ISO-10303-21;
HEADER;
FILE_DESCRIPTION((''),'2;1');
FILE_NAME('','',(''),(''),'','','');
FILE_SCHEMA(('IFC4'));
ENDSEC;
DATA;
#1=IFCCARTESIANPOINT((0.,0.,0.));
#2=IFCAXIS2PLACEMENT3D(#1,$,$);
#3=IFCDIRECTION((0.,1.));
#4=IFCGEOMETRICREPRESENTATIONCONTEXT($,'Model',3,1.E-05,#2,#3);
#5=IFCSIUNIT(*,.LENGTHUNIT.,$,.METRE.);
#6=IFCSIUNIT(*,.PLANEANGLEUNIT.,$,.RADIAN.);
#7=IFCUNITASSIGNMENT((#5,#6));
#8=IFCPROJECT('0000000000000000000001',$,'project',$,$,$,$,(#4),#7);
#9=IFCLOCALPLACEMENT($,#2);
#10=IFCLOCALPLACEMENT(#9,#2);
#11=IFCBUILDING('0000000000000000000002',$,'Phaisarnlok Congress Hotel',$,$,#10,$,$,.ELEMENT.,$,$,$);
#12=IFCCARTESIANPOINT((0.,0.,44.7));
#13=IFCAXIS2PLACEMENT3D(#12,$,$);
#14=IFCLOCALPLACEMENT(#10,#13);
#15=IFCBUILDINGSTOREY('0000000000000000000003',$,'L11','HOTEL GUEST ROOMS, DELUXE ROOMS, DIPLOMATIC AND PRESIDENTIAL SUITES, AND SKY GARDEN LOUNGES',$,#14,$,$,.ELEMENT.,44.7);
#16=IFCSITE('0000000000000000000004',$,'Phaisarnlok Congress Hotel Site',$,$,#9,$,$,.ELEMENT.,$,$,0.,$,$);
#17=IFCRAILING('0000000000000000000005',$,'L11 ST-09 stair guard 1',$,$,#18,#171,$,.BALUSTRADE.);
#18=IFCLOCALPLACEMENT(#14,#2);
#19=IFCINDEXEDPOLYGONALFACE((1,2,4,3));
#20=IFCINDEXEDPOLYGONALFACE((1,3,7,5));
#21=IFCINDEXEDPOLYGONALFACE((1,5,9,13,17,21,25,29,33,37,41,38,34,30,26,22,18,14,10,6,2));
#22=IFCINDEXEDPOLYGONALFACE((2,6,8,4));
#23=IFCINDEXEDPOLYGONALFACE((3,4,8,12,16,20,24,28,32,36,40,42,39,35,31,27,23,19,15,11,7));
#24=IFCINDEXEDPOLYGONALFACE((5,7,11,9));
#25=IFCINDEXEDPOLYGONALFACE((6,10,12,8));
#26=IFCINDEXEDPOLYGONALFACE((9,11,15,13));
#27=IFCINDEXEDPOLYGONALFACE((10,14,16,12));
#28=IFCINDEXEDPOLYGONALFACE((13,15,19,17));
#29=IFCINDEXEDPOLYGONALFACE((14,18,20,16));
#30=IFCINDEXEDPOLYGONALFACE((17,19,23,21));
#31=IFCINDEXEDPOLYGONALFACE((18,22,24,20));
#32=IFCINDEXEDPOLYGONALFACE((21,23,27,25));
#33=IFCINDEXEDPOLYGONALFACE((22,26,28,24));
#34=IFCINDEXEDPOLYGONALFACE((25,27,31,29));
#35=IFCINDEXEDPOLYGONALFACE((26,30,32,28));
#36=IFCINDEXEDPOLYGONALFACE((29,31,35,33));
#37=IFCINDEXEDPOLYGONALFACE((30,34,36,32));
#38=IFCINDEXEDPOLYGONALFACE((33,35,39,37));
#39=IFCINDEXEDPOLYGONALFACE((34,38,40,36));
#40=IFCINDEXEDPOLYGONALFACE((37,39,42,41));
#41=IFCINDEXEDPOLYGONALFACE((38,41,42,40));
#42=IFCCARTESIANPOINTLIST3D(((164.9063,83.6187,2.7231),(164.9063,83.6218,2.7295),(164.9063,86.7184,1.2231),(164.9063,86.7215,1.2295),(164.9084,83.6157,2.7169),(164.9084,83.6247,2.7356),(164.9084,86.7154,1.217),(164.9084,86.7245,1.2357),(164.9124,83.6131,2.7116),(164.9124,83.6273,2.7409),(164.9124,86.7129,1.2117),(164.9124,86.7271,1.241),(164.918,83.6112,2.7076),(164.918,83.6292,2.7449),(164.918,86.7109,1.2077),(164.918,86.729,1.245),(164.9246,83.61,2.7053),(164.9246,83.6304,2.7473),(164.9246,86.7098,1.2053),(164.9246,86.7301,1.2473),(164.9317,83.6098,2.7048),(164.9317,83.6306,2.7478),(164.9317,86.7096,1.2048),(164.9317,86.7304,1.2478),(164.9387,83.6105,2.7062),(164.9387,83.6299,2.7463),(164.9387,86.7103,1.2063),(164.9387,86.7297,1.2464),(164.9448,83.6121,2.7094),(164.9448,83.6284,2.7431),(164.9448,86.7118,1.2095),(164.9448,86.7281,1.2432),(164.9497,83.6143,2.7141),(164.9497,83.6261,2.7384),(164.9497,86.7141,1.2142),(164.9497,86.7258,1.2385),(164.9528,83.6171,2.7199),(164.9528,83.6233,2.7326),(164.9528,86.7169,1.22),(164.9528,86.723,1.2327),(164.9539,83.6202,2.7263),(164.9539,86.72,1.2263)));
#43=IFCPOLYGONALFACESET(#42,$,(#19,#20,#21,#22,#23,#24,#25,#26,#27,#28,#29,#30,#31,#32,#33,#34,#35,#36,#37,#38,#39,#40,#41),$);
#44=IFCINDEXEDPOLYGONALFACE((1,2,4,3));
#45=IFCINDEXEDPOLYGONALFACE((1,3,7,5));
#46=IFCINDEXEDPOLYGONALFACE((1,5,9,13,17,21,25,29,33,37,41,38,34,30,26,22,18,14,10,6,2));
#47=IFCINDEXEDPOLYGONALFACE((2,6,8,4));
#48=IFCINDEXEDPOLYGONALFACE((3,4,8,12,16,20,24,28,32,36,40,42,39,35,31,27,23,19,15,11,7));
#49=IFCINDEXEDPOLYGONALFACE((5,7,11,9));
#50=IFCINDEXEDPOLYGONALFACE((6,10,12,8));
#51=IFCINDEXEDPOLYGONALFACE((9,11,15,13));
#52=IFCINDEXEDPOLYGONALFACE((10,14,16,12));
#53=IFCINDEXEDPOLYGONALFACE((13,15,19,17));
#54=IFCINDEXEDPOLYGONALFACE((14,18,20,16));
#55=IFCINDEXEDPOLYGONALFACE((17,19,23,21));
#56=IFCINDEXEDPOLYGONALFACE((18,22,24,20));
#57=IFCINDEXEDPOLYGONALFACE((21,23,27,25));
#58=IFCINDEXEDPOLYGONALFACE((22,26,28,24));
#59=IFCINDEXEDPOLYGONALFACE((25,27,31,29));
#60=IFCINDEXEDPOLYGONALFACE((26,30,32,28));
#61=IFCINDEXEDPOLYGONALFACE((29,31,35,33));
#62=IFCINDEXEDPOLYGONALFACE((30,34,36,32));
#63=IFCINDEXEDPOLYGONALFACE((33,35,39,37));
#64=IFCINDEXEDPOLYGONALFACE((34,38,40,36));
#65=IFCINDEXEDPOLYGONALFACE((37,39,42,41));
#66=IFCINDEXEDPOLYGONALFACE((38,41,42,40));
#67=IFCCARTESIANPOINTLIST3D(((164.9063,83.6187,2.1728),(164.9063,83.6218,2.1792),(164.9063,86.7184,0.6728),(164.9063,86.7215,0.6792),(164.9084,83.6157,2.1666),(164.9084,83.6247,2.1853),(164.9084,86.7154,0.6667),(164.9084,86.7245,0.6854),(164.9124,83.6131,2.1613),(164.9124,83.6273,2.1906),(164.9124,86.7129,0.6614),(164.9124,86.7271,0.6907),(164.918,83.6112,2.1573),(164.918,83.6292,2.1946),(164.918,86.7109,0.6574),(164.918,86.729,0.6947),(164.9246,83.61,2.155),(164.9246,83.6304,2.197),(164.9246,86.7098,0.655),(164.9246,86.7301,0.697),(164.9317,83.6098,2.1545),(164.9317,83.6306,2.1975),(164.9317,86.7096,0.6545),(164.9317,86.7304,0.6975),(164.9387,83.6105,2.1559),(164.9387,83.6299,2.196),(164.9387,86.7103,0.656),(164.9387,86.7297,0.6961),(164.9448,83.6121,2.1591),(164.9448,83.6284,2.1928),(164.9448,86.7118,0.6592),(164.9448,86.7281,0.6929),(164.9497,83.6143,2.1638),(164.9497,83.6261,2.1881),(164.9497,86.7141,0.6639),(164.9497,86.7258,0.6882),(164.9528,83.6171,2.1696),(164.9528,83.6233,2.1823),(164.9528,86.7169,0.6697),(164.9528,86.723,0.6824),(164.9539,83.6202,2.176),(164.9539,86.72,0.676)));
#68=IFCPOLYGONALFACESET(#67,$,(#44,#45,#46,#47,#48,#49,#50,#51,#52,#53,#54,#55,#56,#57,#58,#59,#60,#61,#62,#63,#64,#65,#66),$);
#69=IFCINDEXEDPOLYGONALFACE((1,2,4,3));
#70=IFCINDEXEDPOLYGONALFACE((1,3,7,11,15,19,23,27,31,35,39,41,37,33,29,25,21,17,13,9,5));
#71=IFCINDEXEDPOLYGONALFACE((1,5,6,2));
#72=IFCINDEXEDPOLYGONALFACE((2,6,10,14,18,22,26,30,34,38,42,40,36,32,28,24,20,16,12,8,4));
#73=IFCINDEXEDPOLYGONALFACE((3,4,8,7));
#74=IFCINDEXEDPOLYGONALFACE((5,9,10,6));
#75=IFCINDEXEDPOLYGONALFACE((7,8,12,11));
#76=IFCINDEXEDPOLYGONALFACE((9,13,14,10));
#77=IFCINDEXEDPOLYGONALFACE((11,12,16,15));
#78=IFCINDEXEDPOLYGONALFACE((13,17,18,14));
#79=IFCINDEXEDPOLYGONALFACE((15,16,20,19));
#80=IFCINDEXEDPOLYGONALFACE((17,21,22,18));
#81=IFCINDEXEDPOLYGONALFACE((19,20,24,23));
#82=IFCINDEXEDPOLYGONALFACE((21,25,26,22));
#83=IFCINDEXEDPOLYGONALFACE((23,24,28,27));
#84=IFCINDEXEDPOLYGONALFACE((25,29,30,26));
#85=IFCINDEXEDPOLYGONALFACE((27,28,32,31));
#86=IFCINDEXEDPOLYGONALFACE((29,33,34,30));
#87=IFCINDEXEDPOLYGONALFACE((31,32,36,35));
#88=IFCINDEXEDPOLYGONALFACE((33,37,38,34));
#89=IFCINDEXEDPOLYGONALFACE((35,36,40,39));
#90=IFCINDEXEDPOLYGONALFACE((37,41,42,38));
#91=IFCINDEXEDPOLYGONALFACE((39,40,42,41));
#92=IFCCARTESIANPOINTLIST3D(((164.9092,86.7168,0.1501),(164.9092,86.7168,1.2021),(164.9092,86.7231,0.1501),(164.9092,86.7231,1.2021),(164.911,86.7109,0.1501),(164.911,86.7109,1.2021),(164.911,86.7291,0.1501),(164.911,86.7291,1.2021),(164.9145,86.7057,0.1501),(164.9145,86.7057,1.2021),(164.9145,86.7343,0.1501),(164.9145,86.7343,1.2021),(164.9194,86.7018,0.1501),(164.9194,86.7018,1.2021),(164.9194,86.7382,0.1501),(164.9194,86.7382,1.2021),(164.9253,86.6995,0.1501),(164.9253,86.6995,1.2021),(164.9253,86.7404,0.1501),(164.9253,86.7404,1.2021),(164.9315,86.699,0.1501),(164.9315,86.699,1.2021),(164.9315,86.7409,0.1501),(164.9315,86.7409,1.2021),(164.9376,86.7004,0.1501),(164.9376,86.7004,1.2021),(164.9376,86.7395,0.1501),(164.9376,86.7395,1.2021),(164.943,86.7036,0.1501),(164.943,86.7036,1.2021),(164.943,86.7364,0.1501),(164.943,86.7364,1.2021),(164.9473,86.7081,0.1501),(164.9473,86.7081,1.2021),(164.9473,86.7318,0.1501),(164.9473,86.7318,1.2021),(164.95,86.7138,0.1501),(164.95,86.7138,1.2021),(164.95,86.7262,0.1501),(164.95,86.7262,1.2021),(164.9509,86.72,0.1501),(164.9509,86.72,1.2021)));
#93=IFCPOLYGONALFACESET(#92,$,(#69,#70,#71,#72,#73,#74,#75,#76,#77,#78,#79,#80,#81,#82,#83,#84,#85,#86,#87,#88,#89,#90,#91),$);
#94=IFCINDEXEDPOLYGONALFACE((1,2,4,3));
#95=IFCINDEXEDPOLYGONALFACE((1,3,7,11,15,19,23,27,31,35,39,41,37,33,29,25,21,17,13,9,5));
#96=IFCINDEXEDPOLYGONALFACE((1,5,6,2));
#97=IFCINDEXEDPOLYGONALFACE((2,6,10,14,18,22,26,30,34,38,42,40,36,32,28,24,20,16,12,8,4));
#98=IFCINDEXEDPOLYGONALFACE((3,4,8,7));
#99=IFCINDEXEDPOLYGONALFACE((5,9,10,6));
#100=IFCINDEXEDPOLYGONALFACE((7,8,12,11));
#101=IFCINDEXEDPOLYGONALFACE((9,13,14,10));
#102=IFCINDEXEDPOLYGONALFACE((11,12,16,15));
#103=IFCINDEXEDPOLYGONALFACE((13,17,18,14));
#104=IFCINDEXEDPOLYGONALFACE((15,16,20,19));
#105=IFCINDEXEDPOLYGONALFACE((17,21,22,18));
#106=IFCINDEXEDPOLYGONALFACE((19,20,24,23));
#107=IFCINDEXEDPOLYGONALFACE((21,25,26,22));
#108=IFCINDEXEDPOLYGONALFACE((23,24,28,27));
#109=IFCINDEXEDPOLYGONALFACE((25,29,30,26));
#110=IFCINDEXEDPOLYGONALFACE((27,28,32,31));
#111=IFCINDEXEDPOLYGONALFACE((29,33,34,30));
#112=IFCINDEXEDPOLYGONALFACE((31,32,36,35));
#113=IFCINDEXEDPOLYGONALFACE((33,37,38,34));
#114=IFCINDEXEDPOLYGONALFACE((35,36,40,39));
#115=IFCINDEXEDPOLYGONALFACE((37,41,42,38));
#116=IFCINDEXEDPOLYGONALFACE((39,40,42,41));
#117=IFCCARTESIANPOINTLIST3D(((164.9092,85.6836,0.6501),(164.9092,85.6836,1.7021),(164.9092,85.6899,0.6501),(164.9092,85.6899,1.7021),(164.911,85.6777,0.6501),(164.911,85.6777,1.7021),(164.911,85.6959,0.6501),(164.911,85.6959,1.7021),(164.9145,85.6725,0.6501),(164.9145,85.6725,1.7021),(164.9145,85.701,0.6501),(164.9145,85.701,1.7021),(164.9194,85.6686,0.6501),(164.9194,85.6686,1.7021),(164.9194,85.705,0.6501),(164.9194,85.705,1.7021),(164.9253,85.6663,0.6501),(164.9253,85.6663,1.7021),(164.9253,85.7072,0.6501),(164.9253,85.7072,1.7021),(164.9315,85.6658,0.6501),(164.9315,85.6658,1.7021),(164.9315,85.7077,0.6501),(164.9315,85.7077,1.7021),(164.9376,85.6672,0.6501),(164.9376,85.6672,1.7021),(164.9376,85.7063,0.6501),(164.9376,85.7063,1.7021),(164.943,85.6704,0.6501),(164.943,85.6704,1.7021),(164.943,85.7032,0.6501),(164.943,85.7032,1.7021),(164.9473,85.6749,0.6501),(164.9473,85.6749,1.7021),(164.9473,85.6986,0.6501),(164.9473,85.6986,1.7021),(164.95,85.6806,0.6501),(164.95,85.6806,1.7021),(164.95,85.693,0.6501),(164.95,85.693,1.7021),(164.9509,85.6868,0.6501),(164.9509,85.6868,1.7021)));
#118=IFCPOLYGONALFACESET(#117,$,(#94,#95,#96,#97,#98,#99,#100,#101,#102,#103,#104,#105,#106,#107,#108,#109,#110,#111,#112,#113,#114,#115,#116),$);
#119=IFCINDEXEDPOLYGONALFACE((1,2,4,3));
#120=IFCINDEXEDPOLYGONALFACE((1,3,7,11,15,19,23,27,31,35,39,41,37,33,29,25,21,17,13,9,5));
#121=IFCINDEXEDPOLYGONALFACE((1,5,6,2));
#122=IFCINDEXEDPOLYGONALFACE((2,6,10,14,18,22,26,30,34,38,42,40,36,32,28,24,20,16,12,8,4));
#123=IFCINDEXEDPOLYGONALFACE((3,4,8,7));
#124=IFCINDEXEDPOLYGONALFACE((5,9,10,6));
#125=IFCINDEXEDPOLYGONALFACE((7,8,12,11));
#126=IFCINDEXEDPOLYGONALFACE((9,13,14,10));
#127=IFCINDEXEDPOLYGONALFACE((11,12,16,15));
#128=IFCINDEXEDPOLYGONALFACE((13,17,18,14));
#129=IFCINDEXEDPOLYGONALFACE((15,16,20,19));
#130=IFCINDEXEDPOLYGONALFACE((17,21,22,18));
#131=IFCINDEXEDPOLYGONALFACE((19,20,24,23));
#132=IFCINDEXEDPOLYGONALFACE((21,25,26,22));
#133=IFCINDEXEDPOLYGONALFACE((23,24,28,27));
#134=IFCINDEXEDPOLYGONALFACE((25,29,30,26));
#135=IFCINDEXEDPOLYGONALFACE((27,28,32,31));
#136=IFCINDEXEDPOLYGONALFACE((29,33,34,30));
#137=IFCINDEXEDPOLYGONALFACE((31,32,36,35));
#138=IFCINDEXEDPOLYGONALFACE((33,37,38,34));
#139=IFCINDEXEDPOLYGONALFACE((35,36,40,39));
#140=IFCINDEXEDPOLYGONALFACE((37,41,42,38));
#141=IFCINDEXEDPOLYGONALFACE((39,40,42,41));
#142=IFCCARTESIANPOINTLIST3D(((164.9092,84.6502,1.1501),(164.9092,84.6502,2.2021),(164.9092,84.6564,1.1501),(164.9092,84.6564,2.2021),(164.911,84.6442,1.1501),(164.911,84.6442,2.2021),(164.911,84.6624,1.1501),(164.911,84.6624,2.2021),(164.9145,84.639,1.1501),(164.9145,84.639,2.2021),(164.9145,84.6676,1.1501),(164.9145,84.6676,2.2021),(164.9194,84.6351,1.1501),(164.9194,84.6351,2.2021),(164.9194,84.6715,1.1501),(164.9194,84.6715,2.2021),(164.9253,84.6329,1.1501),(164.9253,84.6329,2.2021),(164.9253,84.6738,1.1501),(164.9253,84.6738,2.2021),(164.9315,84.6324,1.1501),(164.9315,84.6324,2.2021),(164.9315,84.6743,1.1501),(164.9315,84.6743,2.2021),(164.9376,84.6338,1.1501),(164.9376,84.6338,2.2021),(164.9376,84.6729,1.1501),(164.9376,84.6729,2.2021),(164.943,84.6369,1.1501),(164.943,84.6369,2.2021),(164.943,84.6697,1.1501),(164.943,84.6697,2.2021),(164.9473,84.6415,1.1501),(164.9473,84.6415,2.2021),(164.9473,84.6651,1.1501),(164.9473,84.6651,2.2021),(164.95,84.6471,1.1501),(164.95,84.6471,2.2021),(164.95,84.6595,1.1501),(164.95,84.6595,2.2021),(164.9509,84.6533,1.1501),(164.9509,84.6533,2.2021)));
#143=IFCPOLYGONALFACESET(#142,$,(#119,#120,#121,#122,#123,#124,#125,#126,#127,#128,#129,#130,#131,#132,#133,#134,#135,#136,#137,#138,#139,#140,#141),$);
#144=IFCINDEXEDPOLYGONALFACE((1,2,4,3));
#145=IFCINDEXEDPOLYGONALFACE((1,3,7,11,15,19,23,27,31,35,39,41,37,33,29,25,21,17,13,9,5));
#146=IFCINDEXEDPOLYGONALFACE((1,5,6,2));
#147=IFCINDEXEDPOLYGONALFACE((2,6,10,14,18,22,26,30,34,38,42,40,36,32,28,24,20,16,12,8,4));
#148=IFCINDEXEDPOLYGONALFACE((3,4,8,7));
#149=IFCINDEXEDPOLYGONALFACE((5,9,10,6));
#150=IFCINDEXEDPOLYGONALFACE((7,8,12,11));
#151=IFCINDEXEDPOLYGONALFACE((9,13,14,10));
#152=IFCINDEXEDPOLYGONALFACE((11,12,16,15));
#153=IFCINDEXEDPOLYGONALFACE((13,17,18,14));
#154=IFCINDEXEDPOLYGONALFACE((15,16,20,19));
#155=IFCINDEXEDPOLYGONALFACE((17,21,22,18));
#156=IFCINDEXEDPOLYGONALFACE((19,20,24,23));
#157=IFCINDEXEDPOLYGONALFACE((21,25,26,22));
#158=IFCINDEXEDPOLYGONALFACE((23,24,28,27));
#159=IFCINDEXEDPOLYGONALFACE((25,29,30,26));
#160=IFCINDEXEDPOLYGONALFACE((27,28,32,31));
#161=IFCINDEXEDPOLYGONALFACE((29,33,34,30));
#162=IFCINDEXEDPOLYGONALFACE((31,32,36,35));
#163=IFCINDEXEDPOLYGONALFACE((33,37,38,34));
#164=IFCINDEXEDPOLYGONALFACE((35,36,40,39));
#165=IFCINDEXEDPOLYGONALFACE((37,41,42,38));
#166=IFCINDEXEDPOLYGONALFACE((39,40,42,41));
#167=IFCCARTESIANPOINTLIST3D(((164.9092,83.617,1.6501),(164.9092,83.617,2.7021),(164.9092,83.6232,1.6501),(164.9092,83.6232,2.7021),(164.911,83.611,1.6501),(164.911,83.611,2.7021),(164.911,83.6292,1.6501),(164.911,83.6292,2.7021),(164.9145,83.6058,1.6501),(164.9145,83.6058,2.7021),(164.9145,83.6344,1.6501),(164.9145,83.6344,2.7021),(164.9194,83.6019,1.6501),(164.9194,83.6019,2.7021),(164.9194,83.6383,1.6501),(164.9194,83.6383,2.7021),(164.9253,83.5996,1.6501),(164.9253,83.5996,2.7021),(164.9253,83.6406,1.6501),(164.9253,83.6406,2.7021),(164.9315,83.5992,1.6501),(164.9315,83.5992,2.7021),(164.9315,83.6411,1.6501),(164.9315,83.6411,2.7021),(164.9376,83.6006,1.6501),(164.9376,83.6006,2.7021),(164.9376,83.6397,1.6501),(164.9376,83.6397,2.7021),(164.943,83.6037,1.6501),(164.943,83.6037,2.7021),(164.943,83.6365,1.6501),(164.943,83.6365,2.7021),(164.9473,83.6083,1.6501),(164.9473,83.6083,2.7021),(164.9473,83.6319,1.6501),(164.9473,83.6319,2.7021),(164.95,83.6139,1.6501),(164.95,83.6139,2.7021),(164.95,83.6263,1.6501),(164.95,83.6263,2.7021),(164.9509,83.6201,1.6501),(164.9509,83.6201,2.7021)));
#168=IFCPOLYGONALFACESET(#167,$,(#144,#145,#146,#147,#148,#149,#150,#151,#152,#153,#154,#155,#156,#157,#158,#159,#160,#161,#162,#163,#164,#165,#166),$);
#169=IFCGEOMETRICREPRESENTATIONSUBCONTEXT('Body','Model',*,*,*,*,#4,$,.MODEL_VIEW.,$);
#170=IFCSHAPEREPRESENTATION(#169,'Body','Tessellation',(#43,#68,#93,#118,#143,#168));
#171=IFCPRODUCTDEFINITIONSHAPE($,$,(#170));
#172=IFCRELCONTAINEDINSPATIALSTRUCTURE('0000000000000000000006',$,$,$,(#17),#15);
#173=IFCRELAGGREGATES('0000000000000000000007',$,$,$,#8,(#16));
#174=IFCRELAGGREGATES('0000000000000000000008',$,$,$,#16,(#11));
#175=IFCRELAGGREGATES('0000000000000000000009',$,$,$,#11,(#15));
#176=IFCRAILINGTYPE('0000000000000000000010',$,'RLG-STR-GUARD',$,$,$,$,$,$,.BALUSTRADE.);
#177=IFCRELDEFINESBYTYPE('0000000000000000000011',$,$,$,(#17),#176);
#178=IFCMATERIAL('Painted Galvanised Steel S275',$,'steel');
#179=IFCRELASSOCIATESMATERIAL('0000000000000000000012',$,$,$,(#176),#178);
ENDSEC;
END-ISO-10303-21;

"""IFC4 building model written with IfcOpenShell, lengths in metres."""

from ifc_helpers import new_model, si_unit, direction, frame, origin, origin_2d, place, context, subcontext, project, spatial, circle, extrude, material, type_object, element, save


model = new_model("IFC4")

# Units and contexts
model_context = context("Model", 3, precision=1e-05, world=origin(), true_north=direction((0.0, 1.0)))
body_context = subcontext(model_context, "Body", "Model", "MODEL_VIEW")
ifc_project = project(units=[si_unit("LENGTHUNIT", "METRE"), si_unit("PLANEANGLEUNIT", "RADIAN")], contexts=[model_context])

# Site, building, storey
site_placement = place(None, origin())
site = spatial("IfcSite", under=ifc_project, at=site_placement, Name="Phaisarnlok Congress Hotel Site", CompositionType="ELEMENT", RefElevation=0.0)
building_placement = place(site_placement, origin())
building = spatial("IfcBuilding", under=site, at=building_placement, Name="Phaisarnlok Congress Hotel", CompositionType="ELEMENT")
storey_placement = place(building_placement, frame((0.0, 0.0, 44.7)))
storey = spatial("IfcBuildingStorey", under=building, at=storey_placement, Name="L11", Description="HOTEL GUEST ROOMS, DELUXE ROOMS, DIPLOMATIC AND PRESIDENTIAL SUITES, AND SKY GARDEN LOUNGES", CompositionType="ELEMENT", Elevation=44.7)

# Railing
ifc_material_1 = material(Name="Painted Galvanised Steel S275", Category="steel")
railing_type_1 = type_object("IfcRailingType", Name="RLG-STR-GUARD", PredefinedType="BALUSTRADE", material=ifc_material_1)
railing_1_placement = place(storey_placement, frame((164.9299, 86.72, 0.1501)))
element("IfcRailing", 1, at=railing_1_placement, inside=storey, type_object=railing_type_1, Name="L11 ST-09 stair guard 1", PredefinedType="BALUSTRADE", context=body_context, shape_type="SweptSolid", body=[
    extrude(circle(Radius=0.0239, at=origin_2d()), frame((0.0, 0.0, 1.0762), z_axis=(0.0, -0.900151, 0.435578), x_axis=(1.0, 0.0, 0.0)), (0.0, 0.0, 1.0), 3.4436),
    extrude(circle(Radius=0.0239, at=origin_2d()), frame((0.0, 0.0, 0.5259), z_axis=(0.0, -0.900151, 0.435578), x_axis=(1.0, 0.0, 0.0)), (0.0, 0.0, 1.0), 3.4436),
    extrude(circle(Radius=0.021, at=origin_2d()), origin(), (0.0, 0.0, 1.0), 1.052),
    extrude(circle(Radius=0.021, at=origin_2d()), frame((0.0, -1.0332, 0.5)), (0.0, 0.0, 1.0), 1.052),
    extrude(circle(Radius=0.021, at=origin_2d()), frame((0.0, -2.0667, 1.0)), (0.0, 0.0, 1.0), 1.052),
    extrude(circle(Radius=0.021, at=origin_2d()), frame((0.0, -3.0999, 1.5)), (0.0, 0.0, 1.0), 1.052),
])

save(model, "model.ifc")
